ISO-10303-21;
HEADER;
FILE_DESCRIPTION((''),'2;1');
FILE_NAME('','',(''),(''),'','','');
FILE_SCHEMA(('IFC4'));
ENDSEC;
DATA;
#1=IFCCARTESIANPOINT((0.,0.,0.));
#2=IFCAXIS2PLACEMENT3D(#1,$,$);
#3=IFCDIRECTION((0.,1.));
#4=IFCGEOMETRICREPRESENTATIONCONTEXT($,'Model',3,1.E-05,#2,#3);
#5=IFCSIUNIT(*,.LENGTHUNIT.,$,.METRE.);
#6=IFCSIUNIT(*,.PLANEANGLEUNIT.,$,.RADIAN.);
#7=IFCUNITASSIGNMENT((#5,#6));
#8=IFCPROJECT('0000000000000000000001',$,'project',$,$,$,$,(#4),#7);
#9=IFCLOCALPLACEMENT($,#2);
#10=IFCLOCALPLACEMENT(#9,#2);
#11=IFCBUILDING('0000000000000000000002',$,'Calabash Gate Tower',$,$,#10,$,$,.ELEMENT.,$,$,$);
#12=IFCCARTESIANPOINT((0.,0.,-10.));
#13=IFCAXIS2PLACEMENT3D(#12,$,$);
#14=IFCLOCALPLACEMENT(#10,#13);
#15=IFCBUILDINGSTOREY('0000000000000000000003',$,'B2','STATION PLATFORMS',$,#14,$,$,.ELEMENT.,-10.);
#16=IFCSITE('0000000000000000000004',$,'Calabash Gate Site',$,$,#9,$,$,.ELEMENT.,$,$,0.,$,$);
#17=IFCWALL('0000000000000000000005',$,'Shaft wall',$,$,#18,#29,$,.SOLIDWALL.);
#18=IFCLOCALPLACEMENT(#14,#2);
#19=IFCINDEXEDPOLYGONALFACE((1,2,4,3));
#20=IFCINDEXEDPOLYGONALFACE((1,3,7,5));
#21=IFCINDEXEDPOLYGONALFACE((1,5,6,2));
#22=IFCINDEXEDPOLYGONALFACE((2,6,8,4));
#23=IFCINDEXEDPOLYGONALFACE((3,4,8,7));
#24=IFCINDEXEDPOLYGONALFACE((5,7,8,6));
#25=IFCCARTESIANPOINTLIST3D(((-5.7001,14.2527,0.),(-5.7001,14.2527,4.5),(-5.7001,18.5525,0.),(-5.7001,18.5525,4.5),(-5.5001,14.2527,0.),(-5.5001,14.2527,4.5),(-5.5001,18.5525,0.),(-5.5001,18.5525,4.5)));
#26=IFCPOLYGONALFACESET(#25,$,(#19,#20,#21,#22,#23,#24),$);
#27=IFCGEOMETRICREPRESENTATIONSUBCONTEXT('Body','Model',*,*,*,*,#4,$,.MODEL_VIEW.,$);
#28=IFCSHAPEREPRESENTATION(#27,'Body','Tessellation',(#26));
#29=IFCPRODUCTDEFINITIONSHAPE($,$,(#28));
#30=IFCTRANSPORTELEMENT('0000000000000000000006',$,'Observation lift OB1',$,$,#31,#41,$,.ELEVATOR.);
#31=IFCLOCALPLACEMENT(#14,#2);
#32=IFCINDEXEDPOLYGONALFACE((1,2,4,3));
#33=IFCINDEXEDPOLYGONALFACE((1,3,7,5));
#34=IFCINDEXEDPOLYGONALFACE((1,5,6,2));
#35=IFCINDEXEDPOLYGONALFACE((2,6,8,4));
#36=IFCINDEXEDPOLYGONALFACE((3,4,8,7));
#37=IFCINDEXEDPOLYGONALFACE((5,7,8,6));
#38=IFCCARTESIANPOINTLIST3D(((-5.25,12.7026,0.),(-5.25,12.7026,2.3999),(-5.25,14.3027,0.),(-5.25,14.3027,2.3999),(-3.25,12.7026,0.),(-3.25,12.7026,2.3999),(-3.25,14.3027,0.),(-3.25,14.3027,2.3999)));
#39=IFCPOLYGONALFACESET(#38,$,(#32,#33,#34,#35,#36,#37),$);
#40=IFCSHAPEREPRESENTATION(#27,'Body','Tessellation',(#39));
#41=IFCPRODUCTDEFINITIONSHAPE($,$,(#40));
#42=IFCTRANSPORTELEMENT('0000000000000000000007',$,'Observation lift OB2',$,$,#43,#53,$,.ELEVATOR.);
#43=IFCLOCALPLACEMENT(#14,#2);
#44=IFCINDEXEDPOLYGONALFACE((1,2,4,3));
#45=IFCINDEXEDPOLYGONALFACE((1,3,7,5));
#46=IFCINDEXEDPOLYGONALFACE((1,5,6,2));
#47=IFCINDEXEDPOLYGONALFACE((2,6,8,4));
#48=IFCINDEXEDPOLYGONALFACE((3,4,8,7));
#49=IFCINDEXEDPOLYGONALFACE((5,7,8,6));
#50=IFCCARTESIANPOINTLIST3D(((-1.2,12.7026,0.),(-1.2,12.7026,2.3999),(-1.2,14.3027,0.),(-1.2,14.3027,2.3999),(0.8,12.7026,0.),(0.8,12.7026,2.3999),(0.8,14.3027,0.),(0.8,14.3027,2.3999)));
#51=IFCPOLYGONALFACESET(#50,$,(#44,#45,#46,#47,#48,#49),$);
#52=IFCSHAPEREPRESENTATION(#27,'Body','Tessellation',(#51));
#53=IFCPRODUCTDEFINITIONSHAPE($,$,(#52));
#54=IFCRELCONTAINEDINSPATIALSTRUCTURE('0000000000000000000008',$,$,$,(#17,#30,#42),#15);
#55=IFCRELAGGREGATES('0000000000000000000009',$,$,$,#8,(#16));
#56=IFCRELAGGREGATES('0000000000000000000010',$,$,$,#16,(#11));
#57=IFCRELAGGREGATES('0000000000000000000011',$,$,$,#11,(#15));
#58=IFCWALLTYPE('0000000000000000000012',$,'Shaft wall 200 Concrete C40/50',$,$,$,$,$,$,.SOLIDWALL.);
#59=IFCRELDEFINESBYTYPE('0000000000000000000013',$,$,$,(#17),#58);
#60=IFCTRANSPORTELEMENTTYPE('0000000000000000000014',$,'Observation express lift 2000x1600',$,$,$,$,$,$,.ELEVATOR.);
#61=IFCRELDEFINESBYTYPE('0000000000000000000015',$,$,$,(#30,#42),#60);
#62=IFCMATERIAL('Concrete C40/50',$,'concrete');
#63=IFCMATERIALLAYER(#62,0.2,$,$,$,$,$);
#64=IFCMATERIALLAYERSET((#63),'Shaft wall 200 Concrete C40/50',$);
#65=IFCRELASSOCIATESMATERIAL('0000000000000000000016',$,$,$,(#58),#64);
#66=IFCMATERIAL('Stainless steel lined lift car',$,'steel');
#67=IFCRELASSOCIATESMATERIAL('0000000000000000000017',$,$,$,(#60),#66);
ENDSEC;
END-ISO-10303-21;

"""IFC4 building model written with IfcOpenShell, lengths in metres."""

from ifc_helpers import new_model, si_unit, direction, frame, frame_2d, origin, origin_2d, place, context, subcontext, project, spatial, rectangle, extrude, material, layer, layer_set, type_object, element, save


model = new_model("IFC4")

# Units and contexts
model_context = context("Model", 3, precision=1e-05, world=origin(), true_north=direction((0.0, 1.0)))
body_context = subcontext(model_context, "Body", "Model", "MODEL_VIEW")
ifc_project = project(units=[si_unit("LENGTHUNIT", "METRE"), si_unit("PLANEANGLEUNIT", "RADIAN")], contexts=[model_context])

# Site, building, storey
site_placement = place(None, origin())
site = spatial("IfcSite", under=ifc_project, at=site_placement, Name="Calabash Gate Site", CompositionType="ELEMENT", RefElevation=0.0)
building_placement = place(site_placement, origin())
building = spatial("IfcBuilding", under=site, at=building_placement, Name="Calabash Gate Tower", CompositionType="ELEMENT")
storey_placement = place(building_placement, frame((0.0, 0.0, -10.0)))
storey = spatial("IfcBuildingStorey", under=building, at=storey_placement, Name="B2", Description="STATION PLATFORMS", CompositionType="ELEMENT", Elevation=-10.0)

# Shared definitions
ifc_material_1 = material(Name="Concrete C40/50", Category="concrete")
ifc_layer = layer(ifc_material_1, 0.2)
ifc_layer_set = layer_set([ifc_layer], Name="Shaft wall 200 Concrete C40/50")
wall_type = type_object("IfcWallType", Name="Shaft wall 200 Concrete C40/50", PredefinedType="SOLIDWALL", material=ifc_layer_set)

# Wall
wall_1_placement = place(storey_placement, frame((-5.6001, 14.2527, 0.0), z_axis=(0.0, 0.0, 1.0), x_axis=(0.0, 1.0, 0.0)))
element("IfcWall", 1, at=wall_1_placement, inside=storey, type_object=wall_type, Name="Shaft wall", PredefinedType="SOLIDWALL", context=body_context, shape_type="SweptSolid", body=[
    extrude(rectangle(XDim=4.2998, YDim=0.2, at=frame_2d((2.1499, 0.0))), origin(), (0.0, 0.0, 1.0), 4.5),
])

# Transport elements
ifc_material_2 = material(Name="Stainless steel lined lift car", Category="steel")
transport_element_type = type_object("IfcTransportElementType", Name="Observation express lift 2000x1600", PredefinedType="ELEVATOR", material=ifc_material_2)
for number, where, z_axis, x_axis, name in (
    (2, (-4.25, 13.5027, 0.0), (0.0, 0.0, 1.0), (1.0, 0.0, 0.0), "Observation lift OB1"),
    (3, (-0.2, 13.5027, 0.0), (0.0, 0.0, 1.0), (1.0, 0.0, 0.0), "Observation lift OB2"),
):
    element("IfcTransportElement", number, at=place(storey_placement, frame(where, z_axis=z_axis, x_axis=x_axis)), inside=storey, type_object=transport_element_type, Name=name, PredefinedType="ELEVATOR", context=body_context, shape_type="SweptSolid", body=[
        extrude(rectangle(XDim=2.0, YDim=1.6001, at=origin_2d()), origin(), (0.0, 0.0, 1.0), 2.3999),
    ])

save(model, "model.ifc")
